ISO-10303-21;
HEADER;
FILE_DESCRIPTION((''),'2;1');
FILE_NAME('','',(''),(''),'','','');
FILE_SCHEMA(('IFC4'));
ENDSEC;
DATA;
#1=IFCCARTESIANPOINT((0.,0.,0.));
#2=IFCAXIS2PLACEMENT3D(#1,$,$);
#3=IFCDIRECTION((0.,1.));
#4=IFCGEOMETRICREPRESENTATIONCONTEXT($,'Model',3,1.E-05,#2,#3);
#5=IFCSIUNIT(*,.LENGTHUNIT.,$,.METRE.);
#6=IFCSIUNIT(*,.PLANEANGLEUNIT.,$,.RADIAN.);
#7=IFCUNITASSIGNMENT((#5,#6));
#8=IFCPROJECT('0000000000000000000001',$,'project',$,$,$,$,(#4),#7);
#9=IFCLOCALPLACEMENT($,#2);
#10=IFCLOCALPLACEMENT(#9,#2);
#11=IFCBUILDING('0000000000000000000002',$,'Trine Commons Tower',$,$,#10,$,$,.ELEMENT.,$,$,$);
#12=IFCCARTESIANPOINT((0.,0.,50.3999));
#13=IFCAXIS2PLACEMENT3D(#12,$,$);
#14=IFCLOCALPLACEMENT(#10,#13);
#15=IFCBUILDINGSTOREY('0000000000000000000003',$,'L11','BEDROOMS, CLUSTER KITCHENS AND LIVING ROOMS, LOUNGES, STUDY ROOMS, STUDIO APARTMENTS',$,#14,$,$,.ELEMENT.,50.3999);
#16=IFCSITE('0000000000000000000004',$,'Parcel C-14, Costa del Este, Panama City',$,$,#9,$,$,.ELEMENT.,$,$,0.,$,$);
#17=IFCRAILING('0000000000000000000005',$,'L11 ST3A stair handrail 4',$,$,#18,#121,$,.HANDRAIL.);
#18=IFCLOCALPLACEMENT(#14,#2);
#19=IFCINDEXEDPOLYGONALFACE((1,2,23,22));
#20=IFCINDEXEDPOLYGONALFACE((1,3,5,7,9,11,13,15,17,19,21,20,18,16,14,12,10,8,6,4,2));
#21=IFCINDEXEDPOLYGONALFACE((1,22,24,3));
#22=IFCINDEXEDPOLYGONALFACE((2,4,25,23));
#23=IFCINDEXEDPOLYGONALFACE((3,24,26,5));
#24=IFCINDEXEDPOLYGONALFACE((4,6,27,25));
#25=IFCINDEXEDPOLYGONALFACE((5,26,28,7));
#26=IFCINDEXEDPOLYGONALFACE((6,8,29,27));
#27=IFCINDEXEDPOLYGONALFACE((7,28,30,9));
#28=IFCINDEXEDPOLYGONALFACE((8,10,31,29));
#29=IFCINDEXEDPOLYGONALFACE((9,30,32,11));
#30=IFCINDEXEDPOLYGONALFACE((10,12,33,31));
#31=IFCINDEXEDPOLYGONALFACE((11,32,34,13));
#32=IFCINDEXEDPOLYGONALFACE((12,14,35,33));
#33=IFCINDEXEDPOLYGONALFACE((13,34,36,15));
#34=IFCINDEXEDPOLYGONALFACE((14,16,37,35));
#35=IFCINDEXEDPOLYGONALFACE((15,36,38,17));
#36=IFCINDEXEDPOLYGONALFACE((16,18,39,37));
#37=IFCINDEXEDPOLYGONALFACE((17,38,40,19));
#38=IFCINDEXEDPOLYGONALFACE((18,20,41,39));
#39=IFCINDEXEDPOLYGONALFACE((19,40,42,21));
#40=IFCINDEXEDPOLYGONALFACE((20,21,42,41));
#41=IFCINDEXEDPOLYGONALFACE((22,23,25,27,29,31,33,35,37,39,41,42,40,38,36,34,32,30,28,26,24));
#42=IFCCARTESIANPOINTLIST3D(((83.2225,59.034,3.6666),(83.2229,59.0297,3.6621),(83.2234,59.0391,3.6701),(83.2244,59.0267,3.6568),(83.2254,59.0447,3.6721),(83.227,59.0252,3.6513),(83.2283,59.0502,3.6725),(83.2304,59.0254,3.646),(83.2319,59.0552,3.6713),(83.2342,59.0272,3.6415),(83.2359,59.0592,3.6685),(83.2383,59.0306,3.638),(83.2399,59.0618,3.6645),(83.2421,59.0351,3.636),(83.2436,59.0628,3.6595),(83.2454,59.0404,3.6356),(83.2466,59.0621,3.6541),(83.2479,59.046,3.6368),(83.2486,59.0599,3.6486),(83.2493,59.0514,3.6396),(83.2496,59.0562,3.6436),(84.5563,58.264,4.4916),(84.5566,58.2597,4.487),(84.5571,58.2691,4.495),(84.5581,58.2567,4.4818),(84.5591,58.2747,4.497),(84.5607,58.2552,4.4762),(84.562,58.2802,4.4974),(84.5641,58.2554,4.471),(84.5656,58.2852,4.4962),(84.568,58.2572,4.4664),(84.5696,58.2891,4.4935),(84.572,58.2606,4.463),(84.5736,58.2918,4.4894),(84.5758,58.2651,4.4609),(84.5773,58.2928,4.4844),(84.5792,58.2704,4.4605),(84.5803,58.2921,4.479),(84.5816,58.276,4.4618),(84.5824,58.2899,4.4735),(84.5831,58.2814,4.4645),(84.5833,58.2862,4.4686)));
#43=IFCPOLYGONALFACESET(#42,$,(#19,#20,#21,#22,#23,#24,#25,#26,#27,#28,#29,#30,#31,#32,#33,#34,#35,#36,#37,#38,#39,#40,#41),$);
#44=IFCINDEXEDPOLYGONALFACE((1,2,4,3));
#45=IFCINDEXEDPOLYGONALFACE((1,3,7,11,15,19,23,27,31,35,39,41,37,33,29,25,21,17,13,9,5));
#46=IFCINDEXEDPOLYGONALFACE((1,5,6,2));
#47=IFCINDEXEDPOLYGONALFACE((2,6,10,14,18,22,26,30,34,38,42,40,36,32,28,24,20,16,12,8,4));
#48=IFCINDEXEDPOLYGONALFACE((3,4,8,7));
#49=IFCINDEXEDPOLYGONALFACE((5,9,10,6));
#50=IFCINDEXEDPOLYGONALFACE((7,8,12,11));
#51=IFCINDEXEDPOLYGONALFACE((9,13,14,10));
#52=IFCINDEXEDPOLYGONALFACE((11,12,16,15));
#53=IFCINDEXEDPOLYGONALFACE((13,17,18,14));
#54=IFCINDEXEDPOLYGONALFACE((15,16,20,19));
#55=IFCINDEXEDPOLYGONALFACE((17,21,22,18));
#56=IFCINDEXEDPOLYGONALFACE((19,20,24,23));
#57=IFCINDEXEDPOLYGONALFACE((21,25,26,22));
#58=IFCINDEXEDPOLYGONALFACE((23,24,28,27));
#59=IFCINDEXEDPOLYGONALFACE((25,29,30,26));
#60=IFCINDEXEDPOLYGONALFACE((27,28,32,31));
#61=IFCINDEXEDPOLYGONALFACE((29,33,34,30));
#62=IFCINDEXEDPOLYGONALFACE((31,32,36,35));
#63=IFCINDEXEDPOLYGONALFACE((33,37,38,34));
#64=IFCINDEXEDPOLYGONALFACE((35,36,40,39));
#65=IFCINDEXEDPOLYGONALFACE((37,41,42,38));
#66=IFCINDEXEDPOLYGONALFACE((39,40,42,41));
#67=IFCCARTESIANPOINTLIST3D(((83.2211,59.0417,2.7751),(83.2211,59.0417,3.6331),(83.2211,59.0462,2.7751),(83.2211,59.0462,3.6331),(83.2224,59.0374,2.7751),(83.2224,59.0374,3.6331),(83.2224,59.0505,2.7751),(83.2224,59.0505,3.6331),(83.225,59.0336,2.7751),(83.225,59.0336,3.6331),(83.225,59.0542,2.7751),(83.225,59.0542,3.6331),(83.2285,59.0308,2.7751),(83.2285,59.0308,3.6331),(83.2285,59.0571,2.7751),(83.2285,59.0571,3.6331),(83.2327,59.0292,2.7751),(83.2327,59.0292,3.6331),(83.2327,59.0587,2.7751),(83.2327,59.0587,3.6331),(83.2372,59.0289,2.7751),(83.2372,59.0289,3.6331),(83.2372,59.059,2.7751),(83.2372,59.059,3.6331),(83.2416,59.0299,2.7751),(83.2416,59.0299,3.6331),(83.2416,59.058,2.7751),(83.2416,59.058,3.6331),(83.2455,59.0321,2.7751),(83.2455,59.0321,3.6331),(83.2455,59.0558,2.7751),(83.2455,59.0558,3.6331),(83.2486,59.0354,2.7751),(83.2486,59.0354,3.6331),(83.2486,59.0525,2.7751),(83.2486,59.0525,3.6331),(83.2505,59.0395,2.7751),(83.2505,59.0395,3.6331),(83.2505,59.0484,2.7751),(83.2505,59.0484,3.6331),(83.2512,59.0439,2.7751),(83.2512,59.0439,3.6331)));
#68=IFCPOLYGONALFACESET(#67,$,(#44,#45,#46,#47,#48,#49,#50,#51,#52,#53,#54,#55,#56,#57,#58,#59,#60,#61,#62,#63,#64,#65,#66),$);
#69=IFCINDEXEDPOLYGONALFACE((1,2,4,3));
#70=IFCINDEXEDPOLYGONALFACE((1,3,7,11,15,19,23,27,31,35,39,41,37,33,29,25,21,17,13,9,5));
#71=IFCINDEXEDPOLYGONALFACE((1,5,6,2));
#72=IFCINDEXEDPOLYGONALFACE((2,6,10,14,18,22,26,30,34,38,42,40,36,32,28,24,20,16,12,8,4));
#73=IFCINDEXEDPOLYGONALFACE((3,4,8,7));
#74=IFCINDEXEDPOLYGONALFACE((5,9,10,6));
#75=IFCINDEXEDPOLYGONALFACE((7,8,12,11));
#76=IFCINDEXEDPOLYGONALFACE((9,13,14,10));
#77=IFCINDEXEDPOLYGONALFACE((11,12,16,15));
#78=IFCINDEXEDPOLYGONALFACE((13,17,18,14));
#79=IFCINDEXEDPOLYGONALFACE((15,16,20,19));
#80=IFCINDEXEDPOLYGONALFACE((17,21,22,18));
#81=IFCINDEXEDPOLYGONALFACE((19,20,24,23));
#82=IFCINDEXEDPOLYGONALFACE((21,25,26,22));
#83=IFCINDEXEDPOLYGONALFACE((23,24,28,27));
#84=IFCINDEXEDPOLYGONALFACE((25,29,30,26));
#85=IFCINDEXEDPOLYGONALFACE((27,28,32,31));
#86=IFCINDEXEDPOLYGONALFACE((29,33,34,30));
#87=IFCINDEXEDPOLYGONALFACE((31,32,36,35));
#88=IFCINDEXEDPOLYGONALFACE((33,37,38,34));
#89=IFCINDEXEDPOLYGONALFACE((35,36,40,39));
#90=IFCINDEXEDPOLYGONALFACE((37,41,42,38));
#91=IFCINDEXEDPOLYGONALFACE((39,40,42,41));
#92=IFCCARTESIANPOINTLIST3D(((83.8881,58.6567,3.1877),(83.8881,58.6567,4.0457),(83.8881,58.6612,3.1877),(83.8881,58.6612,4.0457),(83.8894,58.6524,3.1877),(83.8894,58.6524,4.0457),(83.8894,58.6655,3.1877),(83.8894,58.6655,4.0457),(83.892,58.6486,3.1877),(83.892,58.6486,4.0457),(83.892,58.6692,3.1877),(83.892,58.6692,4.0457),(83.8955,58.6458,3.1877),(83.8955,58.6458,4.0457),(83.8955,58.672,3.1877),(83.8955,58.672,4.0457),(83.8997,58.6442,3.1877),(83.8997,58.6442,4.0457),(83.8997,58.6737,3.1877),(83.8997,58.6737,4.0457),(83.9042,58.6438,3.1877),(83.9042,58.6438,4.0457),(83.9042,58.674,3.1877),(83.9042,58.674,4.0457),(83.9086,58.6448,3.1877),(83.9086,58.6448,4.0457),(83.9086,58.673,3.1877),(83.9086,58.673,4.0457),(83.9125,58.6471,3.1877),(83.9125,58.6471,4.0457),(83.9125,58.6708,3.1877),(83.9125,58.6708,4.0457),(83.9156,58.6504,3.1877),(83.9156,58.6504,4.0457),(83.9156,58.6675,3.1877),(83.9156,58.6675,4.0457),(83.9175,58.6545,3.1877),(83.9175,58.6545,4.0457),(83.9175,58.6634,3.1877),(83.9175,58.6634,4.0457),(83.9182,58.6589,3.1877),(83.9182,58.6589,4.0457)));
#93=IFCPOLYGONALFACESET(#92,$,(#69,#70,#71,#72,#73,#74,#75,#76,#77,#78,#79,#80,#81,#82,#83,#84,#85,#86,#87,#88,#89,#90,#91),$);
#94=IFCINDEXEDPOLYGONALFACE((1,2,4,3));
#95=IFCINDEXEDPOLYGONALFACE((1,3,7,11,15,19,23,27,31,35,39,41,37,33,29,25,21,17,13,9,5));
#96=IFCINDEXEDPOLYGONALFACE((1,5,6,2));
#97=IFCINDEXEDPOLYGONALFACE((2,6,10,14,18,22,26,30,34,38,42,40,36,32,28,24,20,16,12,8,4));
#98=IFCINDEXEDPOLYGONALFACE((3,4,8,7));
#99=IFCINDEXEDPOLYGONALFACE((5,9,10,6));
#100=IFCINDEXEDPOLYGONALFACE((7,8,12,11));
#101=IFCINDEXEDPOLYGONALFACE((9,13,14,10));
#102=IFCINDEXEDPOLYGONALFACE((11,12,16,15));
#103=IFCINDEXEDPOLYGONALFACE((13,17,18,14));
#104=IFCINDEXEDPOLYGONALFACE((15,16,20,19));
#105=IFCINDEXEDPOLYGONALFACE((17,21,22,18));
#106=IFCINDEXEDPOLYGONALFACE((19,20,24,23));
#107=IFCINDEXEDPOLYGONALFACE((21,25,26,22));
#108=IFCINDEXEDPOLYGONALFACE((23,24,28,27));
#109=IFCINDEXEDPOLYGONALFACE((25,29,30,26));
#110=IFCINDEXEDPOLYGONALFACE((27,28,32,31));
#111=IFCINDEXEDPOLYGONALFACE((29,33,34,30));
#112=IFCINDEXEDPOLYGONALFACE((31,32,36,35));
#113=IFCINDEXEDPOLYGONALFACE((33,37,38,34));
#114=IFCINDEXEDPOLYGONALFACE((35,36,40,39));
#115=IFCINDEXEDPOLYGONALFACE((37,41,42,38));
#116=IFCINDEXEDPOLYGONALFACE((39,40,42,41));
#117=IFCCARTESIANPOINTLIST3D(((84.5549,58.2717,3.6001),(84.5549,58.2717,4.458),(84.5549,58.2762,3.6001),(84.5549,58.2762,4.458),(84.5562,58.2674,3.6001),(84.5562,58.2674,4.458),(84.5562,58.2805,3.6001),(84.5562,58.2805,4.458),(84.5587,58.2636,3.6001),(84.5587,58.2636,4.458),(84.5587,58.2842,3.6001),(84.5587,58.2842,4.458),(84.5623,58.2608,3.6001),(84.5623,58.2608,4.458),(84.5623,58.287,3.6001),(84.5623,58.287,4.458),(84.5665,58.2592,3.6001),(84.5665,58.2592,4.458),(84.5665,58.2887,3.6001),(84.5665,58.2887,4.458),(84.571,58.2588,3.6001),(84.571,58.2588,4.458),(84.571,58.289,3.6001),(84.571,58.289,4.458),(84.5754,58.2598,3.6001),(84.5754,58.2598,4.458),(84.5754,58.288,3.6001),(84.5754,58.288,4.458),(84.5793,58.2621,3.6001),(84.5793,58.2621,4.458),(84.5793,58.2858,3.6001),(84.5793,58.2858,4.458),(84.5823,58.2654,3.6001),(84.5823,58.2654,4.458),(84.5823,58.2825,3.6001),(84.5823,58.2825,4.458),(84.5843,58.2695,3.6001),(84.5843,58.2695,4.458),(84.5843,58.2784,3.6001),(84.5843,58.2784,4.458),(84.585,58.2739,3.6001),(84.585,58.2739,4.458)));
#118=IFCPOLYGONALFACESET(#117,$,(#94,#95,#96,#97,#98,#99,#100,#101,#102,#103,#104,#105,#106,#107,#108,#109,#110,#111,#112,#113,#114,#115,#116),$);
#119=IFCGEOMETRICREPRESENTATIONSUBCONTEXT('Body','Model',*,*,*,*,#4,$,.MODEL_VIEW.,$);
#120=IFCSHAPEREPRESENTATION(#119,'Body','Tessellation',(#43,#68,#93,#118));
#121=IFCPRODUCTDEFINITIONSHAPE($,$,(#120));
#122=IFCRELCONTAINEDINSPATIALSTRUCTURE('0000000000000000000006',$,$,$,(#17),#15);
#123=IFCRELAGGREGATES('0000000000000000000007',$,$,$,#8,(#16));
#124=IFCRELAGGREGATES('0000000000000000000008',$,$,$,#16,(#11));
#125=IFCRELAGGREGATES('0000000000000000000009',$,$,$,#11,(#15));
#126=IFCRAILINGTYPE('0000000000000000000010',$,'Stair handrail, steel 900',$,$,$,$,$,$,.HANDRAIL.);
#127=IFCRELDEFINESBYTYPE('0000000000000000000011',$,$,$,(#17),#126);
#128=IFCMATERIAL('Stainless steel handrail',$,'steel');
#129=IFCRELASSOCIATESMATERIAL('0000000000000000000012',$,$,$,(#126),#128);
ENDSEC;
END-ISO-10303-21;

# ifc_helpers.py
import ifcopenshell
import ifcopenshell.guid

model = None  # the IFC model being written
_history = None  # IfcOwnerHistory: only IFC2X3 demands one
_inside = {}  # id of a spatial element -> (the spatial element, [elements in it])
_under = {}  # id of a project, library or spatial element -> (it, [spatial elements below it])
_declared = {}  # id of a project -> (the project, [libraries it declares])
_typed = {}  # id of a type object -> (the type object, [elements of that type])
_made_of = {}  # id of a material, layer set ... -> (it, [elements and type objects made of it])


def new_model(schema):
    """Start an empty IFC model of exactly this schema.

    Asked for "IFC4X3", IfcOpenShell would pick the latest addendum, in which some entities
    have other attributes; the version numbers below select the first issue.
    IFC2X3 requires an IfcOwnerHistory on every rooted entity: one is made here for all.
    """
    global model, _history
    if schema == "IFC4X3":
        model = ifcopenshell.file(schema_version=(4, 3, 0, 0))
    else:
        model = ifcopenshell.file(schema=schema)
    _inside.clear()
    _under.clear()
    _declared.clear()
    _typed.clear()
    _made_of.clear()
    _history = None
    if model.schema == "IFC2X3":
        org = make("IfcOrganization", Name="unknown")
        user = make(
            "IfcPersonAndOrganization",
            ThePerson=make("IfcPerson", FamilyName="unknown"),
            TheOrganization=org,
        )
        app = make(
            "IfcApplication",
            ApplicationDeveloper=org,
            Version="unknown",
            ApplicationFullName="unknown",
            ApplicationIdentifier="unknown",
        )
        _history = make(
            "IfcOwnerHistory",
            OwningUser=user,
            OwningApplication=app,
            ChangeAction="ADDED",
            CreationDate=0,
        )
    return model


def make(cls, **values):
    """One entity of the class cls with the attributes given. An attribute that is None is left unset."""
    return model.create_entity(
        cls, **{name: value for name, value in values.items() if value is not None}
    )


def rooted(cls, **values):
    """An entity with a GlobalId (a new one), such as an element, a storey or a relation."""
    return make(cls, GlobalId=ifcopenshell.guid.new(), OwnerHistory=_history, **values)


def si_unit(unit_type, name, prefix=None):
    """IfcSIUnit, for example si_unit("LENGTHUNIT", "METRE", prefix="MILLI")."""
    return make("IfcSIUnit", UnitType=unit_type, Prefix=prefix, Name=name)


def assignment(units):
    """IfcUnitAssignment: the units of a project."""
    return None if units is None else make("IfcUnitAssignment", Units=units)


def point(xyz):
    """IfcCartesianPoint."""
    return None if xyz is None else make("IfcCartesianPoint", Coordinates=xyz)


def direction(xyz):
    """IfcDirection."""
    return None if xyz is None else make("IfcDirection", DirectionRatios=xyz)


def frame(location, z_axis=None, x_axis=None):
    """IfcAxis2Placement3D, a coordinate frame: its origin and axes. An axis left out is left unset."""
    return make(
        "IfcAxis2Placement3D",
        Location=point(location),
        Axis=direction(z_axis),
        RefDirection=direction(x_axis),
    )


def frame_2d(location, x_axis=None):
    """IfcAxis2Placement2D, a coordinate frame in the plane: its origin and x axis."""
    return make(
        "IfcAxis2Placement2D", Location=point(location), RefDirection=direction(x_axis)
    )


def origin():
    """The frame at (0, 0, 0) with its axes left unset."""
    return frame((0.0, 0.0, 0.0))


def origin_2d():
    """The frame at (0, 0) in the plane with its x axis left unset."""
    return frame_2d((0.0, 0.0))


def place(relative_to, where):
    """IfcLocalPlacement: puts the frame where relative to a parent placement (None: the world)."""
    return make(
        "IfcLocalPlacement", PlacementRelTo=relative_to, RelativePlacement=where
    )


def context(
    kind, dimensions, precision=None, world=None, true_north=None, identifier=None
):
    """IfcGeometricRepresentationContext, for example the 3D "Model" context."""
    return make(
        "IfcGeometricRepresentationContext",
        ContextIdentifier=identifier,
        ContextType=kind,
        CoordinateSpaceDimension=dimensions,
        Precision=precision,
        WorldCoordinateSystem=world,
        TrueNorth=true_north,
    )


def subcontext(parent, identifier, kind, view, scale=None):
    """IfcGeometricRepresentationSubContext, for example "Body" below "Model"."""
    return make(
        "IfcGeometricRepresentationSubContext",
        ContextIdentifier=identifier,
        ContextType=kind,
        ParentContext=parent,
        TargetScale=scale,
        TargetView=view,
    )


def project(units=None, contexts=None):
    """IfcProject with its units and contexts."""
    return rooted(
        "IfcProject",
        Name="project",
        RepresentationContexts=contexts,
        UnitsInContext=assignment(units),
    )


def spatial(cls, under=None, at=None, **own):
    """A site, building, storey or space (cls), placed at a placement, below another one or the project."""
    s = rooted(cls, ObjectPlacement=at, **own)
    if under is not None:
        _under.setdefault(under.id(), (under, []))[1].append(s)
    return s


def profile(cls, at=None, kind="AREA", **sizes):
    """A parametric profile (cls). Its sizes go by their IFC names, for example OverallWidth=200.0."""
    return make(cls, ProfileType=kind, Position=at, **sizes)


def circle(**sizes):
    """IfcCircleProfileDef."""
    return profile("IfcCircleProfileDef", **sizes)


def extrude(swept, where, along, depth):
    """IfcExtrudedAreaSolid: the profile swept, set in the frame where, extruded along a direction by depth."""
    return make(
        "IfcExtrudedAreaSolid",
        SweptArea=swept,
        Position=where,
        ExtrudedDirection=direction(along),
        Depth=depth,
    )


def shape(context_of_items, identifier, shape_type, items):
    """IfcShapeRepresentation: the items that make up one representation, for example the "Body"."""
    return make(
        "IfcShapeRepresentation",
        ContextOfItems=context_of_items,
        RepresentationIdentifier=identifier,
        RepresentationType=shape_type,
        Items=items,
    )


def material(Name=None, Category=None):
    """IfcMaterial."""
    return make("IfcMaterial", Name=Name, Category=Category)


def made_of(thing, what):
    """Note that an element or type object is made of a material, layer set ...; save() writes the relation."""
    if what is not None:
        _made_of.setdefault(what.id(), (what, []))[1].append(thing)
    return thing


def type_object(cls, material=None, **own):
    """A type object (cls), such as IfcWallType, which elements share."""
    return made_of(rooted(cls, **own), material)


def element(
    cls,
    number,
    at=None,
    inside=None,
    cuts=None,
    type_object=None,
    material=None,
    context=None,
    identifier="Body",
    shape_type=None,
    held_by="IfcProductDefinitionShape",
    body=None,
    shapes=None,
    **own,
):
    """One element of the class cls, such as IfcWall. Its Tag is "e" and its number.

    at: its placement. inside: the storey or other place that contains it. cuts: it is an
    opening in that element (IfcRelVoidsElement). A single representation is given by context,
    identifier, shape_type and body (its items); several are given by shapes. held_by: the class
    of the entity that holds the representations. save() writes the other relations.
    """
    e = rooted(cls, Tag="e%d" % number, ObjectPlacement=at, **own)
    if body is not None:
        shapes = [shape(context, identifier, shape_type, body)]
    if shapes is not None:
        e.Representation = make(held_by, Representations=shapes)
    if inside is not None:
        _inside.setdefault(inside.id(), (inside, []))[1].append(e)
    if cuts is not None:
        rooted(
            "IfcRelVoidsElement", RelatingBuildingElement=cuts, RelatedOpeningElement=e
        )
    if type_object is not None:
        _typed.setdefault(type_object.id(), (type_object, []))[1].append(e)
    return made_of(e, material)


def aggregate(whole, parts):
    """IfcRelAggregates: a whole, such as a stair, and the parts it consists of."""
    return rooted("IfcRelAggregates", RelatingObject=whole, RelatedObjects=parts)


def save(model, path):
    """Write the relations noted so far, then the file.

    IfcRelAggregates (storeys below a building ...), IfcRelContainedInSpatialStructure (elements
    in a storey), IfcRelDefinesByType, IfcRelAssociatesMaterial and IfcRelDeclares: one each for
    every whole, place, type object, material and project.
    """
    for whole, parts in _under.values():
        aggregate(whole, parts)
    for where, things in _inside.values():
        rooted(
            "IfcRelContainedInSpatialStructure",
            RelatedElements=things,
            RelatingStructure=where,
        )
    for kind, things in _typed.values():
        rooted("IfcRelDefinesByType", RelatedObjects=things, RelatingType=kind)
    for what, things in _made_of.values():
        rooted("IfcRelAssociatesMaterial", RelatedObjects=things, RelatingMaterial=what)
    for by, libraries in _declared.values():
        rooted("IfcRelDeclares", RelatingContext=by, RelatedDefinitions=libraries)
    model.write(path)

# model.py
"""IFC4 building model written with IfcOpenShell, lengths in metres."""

from ifc_helpers import new_model, si_unit, direction, frame, origin, origin_2d, place, context, subcontext, project, spatial, circle, extrude, material, type_object, element, save


model = new_model("IFC4")

# Units and contexts
model_context = context("Model", 3, precision=1e-05, world=origin(), true_north=direction((0.0, 1.0)))
body_context = subcontext(model_context, "Body", "Model", "MODEL_VIEW")
ifc_project = project(units=[si_unit("LENGTHUNIT", "METRE"), si_unit("PLANEANGLEUNIT", "RADIAN")], contexts=[model_context])

# Site, building, storey
site_placement = place(None, origin())
site = spatial("IfcSite", under=ifc_project, at=site_placement, Name="Parcel C-14, Costa del Este, Panama City", CompositionType="ELEMENT", RefElevation=0.0)
building_placement = place(site_placement, origin())
building = spatial("IfcBuilding", under=site, at=building_placement, Name="Trine Commons Tower", CompositionType="ELEMENT")
storey_placement = place(building_placement, frame((0.0, 0.0, 50.3999)))
storey = spatial("IfcBuildingStorey", under=building, at=storey_placement, Name="L11", Description="BEDROOMS, CLUSTER KITCHENS AND LIVING ROOMS, LOUNGES, STUDY ROOMS, STUDIO APARTMENTS", CompositionType="ELEMENT", Elevation=50.3999)

# Railing
ifc_material_1 = material(Name="Stainless steel handrail", Category="steel")
railing_type_1 = type_object("IfcRailingType", Name="Stair handrail, steel 900", PredefinedType="HANDRAIL", material=ifc_material_1)
railing_1_placement = place(storey_placement, frame((83.2361, 59.0439, 2.7751)))
element("IfcRailing", 1, at=railing_1_placement, inside=storey, type_object=railing_type_1, Name="L11 ST3A stair handrail 4", PredefinedType="HANDRAIL", context=body_context, shape_type="SweptSolid", body=[
    extrude(circle(Radius=0.021, at=origin_2d()), frame((0.0, 0.0, 0.8789), z_axis=(0.763405, -0.440743, 0.472185), x_axis=(0.499992, 0.86603, 0.0)), (0.0, 0.0, 1.0), 1.7471),
    extrude(circle(Radius=0.0151, at=origin_2d()), origin(), (0.0, 0.0, 1.0), 0.8579),
    extrude(circle(Radius=0.0151, at=origin_2d()), frame((0.667, -0.385, 0.4126)), (0.0, 0.0, 1.0), 0.8579),
    extrude(circle(Radius=0.0151, at=origin_2d()), frame((1.3337, -0.77, 0.825)), (0.0, 0.0, 1.0), 0.8579),
])

save(model, "model.ifc")
